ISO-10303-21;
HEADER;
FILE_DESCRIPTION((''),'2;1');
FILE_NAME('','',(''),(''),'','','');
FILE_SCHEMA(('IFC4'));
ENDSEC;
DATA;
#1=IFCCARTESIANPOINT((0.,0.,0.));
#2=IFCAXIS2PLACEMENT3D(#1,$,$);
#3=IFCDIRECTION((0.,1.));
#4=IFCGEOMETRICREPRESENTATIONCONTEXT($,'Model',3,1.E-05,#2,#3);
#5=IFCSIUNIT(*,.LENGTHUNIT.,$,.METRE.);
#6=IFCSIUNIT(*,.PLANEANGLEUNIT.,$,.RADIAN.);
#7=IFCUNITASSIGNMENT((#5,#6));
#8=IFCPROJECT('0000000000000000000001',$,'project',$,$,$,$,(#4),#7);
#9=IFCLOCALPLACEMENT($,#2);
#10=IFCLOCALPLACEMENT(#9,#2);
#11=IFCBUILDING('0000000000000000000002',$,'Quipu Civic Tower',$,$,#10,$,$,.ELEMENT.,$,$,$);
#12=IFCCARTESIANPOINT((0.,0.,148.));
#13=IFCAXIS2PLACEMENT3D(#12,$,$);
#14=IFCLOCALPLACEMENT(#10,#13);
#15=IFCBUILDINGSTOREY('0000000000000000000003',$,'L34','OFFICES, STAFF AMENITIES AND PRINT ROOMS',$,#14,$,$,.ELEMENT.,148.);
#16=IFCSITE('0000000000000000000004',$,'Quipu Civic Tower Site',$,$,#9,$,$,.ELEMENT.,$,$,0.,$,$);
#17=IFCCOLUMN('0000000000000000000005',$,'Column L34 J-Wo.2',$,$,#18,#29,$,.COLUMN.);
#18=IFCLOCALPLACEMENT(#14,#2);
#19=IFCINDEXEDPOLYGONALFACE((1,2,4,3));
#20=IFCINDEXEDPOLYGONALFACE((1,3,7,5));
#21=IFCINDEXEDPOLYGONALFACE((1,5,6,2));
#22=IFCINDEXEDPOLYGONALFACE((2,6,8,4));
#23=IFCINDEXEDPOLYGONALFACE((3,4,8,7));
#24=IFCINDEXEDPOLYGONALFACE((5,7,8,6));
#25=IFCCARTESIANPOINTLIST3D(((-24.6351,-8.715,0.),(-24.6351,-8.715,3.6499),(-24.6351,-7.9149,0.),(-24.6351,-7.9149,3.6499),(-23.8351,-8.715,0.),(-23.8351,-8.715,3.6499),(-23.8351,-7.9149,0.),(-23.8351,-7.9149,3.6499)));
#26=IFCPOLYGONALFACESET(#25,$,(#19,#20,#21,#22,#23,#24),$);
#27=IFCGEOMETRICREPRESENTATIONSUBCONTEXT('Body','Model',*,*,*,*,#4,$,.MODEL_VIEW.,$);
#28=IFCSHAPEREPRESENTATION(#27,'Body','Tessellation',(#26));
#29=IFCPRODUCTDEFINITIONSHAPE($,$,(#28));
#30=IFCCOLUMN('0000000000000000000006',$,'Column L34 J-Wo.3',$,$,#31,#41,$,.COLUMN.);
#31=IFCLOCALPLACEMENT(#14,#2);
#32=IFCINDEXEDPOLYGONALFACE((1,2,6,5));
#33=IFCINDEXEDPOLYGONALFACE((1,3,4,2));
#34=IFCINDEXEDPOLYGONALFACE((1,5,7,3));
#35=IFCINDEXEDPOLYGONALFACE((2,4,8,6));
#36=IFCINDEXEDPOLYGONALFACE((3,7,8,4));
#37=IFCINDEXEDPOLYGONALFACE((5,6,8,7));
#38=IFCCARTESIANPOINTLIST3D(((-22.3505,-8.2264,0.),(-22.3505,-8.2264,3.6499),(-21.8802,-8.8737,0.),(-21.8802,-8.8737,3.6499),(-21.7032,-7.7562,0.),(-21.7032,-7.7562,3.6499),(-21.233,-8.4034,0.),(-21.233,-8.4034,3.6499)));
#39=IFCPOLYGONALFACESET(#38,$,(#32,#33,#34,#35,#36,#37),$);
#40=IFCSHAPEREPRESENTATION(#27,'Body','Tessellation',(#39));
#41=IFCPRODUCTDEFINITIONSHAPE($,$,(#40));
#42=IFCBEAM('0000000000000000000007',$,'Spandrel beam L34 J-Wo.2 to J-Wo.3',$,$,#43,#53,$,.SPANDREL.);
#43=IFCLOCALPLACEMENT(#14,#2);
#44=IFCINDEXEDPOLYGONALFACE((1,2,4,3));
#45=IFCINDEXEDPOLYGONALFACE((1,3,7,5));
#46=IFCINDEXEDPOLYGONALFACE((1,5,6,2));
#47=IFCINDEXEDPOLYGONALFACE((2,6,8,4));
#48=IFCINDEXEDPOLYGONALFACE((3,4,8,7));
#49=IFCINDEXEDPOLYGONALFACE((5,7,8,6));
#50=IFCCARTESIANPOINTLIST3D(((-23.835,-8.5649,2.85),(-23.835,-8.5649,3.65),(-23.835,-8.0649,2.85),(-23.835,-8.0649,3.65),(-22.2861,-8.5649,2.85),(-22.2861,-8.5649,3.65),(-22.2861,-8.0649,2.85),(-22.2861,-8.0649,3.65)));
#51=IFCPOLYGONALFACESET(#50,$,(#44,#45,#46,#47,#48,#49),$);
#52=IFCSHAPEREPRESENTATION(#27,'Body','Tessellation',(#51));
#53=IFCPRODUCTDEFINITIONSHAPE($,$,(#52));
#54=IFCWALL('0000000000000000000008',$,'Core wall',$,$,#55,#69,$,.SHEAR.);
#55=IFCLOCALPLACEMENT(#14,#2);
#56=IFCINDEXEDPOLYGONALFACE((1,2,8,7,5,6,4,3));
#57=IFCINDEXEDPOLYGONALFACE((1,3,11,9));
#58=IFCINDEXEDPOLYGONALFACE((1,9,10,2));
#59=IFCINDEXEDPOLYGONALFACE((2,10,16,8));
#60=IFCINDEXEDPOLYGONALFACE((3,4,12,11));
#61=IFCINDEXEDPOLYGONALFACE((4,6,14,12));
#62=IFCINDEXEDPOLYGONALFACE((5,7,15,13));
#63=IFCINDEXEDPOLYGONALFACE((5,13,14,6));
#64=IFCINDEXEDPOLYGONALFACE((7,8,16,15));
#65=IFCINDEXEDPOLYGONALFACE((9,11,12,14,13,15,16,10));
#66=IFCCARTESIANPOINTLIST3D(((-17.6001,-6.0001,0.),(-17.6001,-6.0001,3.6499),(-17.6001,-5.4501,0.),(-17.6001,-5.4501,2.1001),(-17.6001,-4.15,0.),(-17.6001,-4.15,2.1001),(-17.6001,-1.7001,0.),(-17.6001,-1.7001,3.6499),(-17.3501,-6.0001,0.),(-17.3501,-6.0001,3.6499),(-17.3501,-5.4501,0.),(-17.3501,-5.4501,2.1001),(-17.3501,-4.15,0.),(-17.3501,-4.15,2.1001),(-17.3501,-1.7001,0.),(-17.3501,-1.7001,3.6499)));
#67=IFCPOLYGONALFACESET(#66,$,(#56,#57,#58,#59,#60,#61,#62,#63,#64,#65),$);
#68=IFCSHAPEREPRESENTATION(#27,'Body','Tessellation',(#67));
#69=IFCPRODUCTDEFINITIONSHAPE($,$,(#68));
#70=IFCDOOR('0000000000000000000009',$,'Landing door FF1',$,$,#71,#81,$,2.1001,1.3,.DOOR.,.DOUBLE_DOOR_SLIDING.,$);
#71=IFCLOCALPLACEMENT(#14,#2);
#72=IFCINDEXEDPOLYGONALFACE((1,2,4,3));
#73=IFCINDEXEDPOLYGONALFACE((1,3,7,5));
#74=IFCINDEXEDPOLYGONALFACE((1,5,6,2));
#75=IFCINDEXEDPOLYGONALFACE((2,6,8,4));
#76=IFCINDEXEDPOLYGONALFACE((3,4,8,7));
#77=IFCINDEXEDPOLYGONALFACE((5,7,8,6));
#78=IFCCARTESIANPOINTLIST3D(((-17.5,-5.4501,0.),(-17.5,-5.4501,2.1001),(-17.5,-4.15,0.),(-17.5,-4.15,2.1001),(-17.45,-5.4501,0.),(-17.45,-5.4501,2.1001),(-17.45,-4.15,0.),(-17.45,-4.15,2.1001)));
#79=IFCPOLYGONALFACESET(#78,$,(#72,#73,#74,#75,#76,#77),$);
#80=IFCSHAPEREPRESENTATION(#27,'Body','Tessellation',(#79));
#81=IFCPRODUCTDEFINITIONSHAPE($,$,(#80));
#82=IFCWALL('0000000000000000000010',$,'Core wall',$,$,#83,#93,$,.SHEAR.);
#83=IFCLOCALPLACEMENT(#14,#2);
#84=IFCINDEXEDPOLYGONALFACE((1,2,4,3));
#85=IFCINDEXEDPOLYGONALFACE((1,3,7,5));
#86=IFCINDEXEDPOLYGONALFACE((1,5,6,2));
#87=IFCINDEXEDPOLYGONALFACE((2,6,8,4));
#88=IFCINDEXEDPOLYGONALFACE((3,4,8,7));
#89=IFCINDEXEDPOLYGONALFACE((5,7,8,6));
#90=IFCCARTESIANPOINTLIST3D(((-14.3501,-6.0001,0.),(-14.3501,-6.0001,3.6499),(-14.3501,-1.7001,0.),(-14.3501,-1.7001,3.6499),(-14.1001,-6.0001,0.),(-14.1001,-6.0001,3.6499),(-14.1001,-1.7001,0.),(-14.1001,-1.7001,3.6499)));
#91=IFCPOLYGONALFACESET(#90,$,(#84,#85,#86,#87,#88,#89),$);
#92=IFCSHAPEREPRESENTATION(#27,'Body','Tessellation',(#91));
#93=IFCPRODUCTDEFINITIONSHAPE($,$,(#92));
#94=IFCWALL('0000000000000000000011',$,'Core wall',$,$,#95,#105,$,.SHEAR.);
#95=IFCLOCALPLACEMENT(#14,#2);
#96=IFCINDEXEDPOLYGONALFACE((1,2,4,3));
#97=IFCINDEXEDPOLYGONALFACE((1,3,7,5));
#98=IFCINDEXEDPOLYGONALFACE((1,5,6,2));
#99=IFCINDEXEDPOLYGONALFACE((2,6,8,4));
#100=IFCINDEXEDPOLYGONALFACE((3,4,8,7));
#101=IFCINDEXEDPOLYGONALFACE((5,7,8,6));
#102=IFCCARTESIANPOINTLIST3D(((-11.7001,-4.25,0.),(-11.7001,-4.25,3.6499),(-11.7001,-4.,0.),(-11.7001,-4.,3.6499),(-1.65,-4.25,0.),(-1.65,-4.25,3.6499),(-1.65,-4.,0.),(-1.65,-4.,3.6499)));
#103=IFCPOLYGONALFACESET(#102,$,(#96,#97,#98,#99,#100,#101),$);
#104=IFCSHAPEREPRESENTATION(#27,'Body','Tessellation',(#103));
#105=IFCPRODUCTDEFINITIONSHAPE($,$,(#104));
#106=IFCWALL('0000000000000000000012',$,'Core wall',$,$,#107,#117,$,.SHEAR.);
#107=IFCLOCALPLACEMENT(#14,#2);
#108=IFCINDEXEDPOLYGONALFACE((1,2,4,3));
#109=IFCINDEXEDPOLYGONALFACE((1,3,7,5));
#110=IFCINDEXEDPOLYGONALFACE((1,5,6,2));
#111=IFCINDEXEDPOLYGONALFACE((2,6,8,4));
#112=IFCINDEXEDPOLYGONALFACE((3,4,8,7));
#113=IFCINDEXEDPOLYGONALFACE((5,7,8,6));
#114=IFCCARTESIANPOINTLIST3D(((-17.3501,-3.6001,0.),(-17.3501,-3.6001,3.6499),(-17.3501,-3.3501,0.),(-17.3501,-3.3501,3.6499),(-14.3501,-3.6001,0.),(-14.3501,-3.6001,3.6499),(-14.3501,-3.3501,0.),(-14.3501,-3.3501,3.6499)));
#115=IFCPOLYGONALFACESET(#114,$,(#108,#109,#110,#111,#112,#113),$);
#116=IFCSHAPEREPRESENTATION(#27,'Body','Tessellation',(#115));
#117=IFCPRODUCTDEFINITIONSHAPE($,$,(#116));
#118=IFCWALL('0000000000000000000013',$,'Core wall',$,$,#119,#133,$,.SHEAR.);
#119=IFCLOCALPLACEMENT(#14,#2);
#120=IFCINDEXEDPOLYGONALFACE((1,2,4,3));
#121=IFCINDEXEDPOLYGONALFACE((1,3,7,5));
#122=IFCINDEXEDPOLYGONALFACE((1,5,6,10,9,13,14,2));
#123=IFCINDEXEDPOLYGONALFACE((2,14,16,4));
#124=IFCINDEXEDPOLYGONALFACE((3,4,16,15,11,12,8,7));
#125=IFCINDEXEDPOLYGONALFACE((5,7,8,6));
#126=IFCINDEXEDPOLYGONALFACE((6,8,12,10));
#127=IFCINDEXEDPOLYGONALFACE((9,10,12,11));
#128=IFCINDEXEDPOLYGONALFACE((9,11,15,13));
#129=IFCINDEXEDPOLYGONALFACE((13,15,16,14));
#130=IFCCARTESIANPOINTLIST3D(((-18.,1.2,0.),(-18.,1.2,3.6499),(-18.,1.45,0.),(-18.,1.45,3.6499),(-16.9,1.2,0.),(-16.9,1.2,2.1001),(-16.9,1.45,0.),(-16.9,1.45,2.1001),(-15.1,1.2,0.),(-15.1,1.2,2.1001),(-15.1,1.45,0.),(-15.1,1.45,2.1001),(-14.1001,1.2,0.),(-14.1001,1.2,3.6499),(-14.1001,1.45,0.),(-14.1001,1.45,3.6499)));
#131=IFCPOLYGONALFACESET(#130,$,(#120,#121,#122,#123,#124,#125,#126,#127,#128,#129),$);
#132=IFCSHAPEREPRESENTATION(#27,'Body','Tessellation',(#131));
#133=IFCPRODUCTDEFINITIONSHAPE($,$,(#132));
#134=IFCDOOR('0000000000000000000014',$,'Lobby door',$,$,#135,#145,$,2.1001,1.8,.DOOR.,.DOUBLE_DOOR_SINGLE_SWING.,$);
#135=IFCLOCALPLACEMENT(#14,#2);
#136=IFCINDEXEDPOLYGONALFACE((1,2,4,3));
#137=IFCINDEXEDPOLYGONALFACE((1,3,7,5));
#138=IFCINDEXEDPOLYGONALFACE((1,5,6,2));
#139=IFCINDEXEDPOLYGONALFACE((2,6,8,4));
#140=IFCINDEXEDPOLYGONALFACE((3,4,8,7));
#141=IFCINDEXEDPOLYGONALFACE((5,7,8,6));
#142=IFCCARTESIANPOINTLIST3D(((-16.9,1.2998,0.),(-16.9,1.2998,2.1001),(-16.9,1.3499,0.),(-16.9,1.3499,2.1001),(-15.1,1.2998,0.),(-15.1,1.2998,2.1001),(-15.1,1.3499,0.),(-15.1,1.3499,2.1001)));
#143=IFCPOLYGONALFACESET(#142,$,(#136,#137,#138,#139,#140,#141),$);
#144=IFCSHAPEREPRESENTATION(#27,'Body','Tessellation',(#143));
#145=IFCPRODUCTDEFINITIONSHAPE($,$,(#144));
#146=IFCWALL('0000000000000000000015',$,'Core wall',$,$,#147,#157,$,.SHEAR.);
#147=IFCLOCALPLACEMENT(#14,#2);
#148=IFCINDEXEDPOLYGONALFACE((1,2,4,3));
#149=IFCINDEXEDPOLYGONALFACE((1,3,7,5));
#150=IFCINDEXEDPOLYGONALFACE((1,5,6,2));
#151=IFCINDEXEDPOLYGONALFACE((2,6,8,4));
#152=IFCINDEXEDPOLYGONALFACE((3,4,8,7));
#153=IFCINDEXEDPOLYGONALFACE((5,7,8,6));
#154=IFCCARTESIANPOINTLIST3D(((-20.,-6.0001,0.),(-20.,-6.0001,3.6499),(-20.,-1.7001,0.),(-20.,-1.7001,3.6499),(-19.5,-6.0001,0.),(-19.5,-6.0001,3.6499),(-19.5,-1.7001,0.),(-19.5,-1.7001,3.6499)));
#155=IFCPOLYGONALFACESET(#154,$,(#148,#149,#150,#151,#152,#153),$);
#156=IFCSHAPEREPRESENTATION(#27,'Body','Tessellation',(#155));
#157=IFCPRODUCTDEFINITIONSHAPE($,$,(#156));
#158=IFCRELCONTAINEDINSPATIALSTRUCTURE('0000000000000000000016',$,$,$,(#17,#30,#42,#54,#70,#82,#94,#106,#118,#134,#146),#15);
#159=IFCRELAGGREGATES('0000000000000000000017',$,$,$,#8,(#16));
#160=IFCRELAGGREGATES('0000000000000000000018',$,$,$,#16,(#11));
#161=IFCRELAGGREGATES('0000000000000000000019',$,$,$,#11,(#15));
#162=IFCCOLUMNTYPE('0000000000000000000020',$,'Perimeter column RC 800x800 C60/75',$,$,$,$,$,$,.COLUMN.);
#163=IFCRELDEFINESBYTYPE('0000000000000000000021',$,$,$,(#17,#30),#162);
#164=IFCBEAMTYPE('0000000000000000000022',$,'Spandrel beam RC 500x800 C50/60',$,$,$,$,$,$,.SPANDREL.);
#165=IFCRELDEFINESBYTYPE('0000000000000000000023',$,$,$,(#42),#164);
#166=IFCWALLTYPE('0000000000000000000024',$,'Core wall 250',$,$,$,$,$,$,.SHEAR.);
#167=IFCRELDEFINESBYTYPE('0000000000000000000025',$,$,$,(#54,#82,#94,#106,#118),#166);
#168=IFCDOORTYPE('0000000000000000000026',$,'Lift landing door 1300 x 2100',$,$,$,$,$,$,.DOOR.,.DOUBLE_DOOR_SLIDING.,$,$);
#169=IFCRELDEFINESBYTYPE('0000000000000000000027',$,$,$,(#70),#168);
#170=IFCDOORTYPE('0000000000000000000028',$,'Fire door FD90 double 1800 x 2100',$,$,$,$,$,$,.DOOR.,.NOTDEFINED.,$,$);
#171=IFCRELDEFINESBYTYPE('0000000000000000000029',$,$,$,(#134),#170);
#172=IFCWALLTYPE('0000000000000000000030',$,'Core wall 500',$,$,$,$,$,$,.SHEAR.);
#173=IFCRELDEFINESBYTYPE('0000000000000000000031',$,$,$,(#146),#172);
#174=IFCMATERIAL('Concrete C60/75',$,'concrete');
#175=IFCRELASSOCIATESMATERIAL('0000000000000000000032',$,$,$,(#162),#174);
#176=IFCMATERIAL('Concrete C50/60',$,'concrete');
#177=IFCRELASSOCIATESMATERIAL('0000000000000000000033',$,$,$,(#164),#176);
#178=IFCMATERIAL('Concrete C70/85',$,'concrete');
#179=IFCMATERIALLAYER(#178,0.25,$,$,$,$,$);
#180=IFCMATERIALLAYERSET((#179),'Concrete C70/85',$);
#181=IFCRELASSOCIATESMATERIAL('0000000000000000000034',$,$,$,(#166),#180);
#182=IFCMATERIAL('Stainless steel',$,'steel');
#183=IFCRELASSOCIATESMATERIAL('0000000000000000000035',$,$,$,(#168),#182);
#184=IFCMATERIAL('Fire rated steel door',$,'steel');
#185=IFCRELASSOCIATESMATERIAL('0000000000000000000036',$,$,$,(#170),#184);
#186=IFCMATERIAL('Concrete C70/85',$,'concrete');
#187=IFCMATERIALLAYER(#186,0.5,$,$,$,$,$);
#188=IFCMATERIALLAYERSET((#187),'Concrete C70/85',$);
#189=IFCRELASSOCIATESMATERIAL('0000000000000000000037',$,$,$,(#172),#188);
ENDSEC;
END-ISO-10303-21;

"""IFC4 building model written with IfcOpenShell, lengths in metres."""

from ifc_helpers import new_model, si_unit, direction, frame, frame_2d, origin, origin_2d, place, context, subcontext, project, spatial, rectangle, extrude, material, layer, layer_set, material_profile, profile_set, type_object, element, fill, save


model = new_model("IFC4")

# Units and contexts
model_context = context("Model", 3, precision=1e-05, world=origin(), true_north=direction((0.0, 1.0)))
body_context = subcontext(model_context, "Body", "Model", "MODEL_VIEW")
ifc_project = project(units=[si_unit("LENGTHUNIT", "METRE"), si_unit("PLANEANGLEUNIT", "RADIAN")], contexts=[model_context])

# Site, building, storey
site_placement = place(None, origin())
site = spatial("IfcSite", under=ifc_project, at=site_placement, Name="Quipu Civic Tower Site", CompositionType="ELEMENT", RefElevation=0.0)
building_placement = place(site_placement, origin())
building = spatial("IfcBuilding", under=site, at=building_placement, Name="Quipu Civic Tower", CompositionType="ELEMENT")
storey_placement = place(building_placement, frame((0.0, 0.0, 148.0)))
storey = spatial("IfcBuildingStorey", under=building, at=storey_placement, Name="L34", Description="OFFICES, STAFF AMENITIES AND PRINT ROOMS", CompositionType="ELEMENT", Elevation=148.0)

# Columns
ifc_material_1 = material(Name="Concrete C60/75", Category="concrete")
ifc_material_profile_1 = material_profile(ifc_material_1, rectangle(XDim=0.8, YDim=0.8, at=origin_2d()), Name="RC800x800")
ifc_profile_set_1 = profile_set([ifc_material_profile_1], Name="Concrete C60/75")
column_type = type_object("IfcColumnType", Name="Perimeter column RC 800x800 C60/75", PredefinedType="COLUMN", material=ifc_profile_set_1)
for number, where, z_axis, x_axis, name in (
    (1, (-24.2351, -8.3149, 0.0), (0.0, 0.0, 1.0), (1.0, 0.0, 0.0), "Column L34 J-Wo.2"),
    (2, (-21.7917, -8.3149, 0.0), (0.0, 0.0, 1.0), (0.587785, -0.809017, 0.0), "Column L34 J-Wo.3"),
):
    element("IfcColumn", number, at=place(storey_placement, frame(where, z_axis=z_axis, x_axis=x_axis)), inside=storey, type_object=column_type, Name=name, PredefinedType="COLUMN", context=body_context, shape_type="SweptSolid", body=[
        extrude(rectangle(XDim=0.8, YDim=0.8, at=origin_2d()), origin(), (0.0, 0.0, 1.0), 3.6499),
    ])

# Beam
ifc_material_2 = material(Name="Concrete C50/60", Category="concrete")
ifc_material_profile_2 = material_profile(ifc_material_2, rectangle(XDim=0.5, YDim=0.8, at=origin_2d()), Name="RC500x800")
ifc_profile_set_2 = profile_set([ifc_material_profile_2], Name="Concrete C50/60")
beam_type = type_object("IfcBeamType", Name="Spandrel beam RC 500x800 C50/60", PredefinedType="SPANDREL", material=ifc_profile_set_2)
beam_placement = place(storey_placement, frame((-23.835, -8.3149, 3.25), z_axis=(1.0, 0.0, 0.0), x_axis=(0.0, 1.0, 0.0)))
element("IfcBeam", 3, at=beam_placement, inside=storey, type_object=beam_type, Name="Spandrel beam L34 J-Wo.2 to J-Wo.3", PredefinedType="SPANDREL", context=body_context, shape_type="SweptSolid", body=[
    extrude(rectangle(XDim=0.5, YDim=0.8, at=origin_2d()), origin(), (0.0, 0.0, 1.0), 1.5488),
])

# Wall, opening, door
ifc_material_3 = material(Name="Concrete C70/85", Category="concrete")
ifc_layer_1 = layer(ifc_material_3, 0.25)
ifc_layer_set_1 = layer_set([ifc_layer_1], Name="Concrete C70/85")
wall_type_1 = type_object("IfcWallType", Name="Core wall 250", PredefinedType="SHEAR", material=ifc_layer_set_1)
wall_1_placement = place(storey_placement, frame((-17.4751, -6.0, 0.0), z_axis=(0.0, 0.0, 1.0), x_axis=(0.0, 1.0, 0.0)))
wall_1 = element("IfcWall", 4, at=wall_1_placement, inside=storey, type_object=wall_type_1, Name="Core wall", PredefinedType="SHEAR", context=body_context, shape_type="SweptSolid", body=[
    extrude(rectangle(XDim=4.3, YDim=0.25, at=frame_2d((2.1499, 0.0))), origin(), (0.0, 0.0, 1.0), 3.6499),
])
opening_1_placement = place(wall_1_placement, frame((0.55, 0.0, 0.0)))
opening_1 = element("IfcOpeningElement", 5, at=opening_1_placement, cuts=wall_1, PredefinedType="OPENING", context=body_context, shape_type="SweptSolid", body=[
    extrude(rectangle(XDim=1.3, YDim=2.1001, at=frame_2d((0.6499, 1.05))), frame((0.0, 0.135, 0.0), z_axis=(0.0, -1.0, 0.0), x_axis=(1.0, 0.0, 0.0)), (0.0, 0.0, 1.0), 0.27),
])
ifc_material_4 = material(Name="Stainless steel", Category="steel")
door_type_1 = type_object("IfcDoorType", Name="Lift landing door 1300 x 2100", OperationType="DOUBLE_DOOR_SLIDING", PredefinedType="DOOR", material=ifc_material_4)
door_1_placement = place(opening_1_placement, origin())
door_1 = element("IfcDoor", 6, at=door_1_placement, inside=storey, type_object=door_type_1, Name="Landing door FF1", OperationType="DOUBLE_DOOR_SLIDING", OverallHeight=2.1001, OverallWidth=1.3, PredefinedType="DOOR", context=body_context, shape_type="SweptSolid", body=[
    extrude(rectangle(XDim=1.3, YDim=2.1001, at=frame_2d((0.6499, 1.05))), frame((0.0, 0.0249, 0.0), z_axis=(0.0, -1.0, 0.0), x_axis=(1.0, 0.0, 0.0)), (0.0, 0.0, 1.0), 0.05),
])
fill(opening_1, door_1)

# Walls
wall_2_placement = place(storey_placement, frame((-14.2251, -6.0, 0.0), z_axis=(0.0, 0.0, 1.0), x_axis=(0.0, 1.0, 0.0)))
element("IfcWall", 7, at=wall_2_placement, inside=storey, type_object=wall_type_1, Name="Core wall", PredefinedType="SHEAR", context=body_context, shape_type="SweptSolid", body=[
    extrude(rectangle(XDim=4.3, YDim=0.25, at=frame_2d((2.1499, 0.0))), origin(), (0.0, 0.0, 1.0), 3.6499),
])
wall_3_placement = place(storey_placement, frame((-11.7, -4.125, 0.0), z_axis=(0.0, 0.0, 1.0), x_axis=(1.0, 0.0, 0.0)))
element("IfcWall", 8, at=wall_3_placement, inside=storey, type_object=wall_type_1, Name="Core wall", PredefinedType="SHEAR", context=body_context, shape_type="SweptSolid", body=[
    extrude(rectangle(XDim=10.05, YDim=0.25, at=frame_2d((5.0249, 0.0))), origin(), (0.0, 0.0, 1.0), 3.6499),
])
wall_4_placement = place(storey_placement, frame((-17.3501, -3.4751, 0.0), z_axis=(0.0, 0.0, 1.0), x_axis=(1.0, 0.0, 0.0)))
element("IfcWall", 9, at=wall_4_placement, inside=storey, type_object=wall_type_1, Name="Core wall", PredefinedType="SHEAR", context=body_context, shape_type="SweptSolid", body=[
    extrude(rectangle(XDim=3.0, YDim=0.25, at=frame_2d((1.5, 0.0))), origin(), (0.0, 0.0, 1.0), 3.6499),
])

# Wall, opening, door
wall_5_placement = place(storey_placement, frame((-18.0, 1.325, 0.0), z_axis=(0.0, 0.0, 1.0), x_axis=(1.0, 0.0, 0.0)))
wall_5 = element("IfcWall", 10, at=wall_5_placement, inside=storey, type_object=wall_type_1, Name="Core wall", PredefinedType="SHEAR", context=body_context, shape_type="SweptSolid", body=[
    extrude(rectangle(XDim=3.8999, YDim=0.25, at=frame_2d((1.95, 0.0))), origin(), (0.0, 0.0, 1.0), 3.6499),
])
opening_2_placement = place(wall_5_placement, frame((1.1001, 0.0, 0.0)))
opening_2 = element("IfcOpeningElement", 11, at=opening_2_placement, cuts=wall_5, PredefinedType="OPENING", context=body_context, shape_type="SweptSolid", body=[
    extrude(rectangle(XDim=1.8, YDim=2.1001, at=frame_2d((0.8999, 1.05))), frame((0.0, 0.135, 0.0), z_axis=(0.0, -1.0, 0.0), x_axis=(1.0, 0.0, 0.0)), (0.0, 0.0, 1.0), 0.27),
])
ifc_material_5 = material(Name="Fire rated steel door", Category="steel")
door_type_2 = type_object("IfcDoorType", Name="Fire door FD90 double 1800 x 2100", OperationType="NOTDEFINED", PredefinedType="DOOR", material=ifc_material_5)
door_2_placement = place(opening_2_placement, origin())
door_2 = element("IfcDoor", 12, at=door_2_placement, inside=storey, type_object=door_type_2, Name="Lobby door", OperationType="DOUBLE_DOOR_SINGLE_SWING", OverallHeight=2.1001, OverallWidth=1.8, PredefinedType="DOOR", context=body_context, shape_type="SweptSolid", body=[
    extrude(rectangle(XDim=1.8, YDim=2.1001, at=frame_2d((0.8999, 1.05))), frame((0.0, 0.0249, 0.0), z_axis=(0.0, -1.0, 0.0), x_axis=(1.0, 0.0, 0.0)), (0.0, 0.0, 1.0), 0.05),
])
fill(opening_2, door_2)

# Wall
ifc_material_6 = material(Name="Concrete C70/85", Category="concrete")
ifc_layer_2 = layer(ifc_material_6, 0.5)
ifc_layer_set_2 = layer_set([ifc_layer_2], Name="Concrete C70/85")
wall_type_2 = type_object("IfcWallType", Name="Core wall 500", PredefinedType="SHEAR", material=ifc_layer_set_2)
wall_6_placement = place(storey_placement, frame((-19.75, -6.0, 0.0), z_axis=(0.0, 0.0, 1.0), x_axis=(0.0, 1.0, 0.0)))
element("IfcWall", 13, at=wall_6_placement, inside=storey, type_object=wall_type_2, Name="Core wall", PredefinedType="SHEAR", context=body_context, shape_type="SweptSolid", body=[
    extrude(rectangle(XDim=4.3, YDim=0.5, at=frame_2d((2.1499, 0.0))), origin(), (0.0, 0.0, 1.0), 3.6499),
])

save(model, "model.ifc")
